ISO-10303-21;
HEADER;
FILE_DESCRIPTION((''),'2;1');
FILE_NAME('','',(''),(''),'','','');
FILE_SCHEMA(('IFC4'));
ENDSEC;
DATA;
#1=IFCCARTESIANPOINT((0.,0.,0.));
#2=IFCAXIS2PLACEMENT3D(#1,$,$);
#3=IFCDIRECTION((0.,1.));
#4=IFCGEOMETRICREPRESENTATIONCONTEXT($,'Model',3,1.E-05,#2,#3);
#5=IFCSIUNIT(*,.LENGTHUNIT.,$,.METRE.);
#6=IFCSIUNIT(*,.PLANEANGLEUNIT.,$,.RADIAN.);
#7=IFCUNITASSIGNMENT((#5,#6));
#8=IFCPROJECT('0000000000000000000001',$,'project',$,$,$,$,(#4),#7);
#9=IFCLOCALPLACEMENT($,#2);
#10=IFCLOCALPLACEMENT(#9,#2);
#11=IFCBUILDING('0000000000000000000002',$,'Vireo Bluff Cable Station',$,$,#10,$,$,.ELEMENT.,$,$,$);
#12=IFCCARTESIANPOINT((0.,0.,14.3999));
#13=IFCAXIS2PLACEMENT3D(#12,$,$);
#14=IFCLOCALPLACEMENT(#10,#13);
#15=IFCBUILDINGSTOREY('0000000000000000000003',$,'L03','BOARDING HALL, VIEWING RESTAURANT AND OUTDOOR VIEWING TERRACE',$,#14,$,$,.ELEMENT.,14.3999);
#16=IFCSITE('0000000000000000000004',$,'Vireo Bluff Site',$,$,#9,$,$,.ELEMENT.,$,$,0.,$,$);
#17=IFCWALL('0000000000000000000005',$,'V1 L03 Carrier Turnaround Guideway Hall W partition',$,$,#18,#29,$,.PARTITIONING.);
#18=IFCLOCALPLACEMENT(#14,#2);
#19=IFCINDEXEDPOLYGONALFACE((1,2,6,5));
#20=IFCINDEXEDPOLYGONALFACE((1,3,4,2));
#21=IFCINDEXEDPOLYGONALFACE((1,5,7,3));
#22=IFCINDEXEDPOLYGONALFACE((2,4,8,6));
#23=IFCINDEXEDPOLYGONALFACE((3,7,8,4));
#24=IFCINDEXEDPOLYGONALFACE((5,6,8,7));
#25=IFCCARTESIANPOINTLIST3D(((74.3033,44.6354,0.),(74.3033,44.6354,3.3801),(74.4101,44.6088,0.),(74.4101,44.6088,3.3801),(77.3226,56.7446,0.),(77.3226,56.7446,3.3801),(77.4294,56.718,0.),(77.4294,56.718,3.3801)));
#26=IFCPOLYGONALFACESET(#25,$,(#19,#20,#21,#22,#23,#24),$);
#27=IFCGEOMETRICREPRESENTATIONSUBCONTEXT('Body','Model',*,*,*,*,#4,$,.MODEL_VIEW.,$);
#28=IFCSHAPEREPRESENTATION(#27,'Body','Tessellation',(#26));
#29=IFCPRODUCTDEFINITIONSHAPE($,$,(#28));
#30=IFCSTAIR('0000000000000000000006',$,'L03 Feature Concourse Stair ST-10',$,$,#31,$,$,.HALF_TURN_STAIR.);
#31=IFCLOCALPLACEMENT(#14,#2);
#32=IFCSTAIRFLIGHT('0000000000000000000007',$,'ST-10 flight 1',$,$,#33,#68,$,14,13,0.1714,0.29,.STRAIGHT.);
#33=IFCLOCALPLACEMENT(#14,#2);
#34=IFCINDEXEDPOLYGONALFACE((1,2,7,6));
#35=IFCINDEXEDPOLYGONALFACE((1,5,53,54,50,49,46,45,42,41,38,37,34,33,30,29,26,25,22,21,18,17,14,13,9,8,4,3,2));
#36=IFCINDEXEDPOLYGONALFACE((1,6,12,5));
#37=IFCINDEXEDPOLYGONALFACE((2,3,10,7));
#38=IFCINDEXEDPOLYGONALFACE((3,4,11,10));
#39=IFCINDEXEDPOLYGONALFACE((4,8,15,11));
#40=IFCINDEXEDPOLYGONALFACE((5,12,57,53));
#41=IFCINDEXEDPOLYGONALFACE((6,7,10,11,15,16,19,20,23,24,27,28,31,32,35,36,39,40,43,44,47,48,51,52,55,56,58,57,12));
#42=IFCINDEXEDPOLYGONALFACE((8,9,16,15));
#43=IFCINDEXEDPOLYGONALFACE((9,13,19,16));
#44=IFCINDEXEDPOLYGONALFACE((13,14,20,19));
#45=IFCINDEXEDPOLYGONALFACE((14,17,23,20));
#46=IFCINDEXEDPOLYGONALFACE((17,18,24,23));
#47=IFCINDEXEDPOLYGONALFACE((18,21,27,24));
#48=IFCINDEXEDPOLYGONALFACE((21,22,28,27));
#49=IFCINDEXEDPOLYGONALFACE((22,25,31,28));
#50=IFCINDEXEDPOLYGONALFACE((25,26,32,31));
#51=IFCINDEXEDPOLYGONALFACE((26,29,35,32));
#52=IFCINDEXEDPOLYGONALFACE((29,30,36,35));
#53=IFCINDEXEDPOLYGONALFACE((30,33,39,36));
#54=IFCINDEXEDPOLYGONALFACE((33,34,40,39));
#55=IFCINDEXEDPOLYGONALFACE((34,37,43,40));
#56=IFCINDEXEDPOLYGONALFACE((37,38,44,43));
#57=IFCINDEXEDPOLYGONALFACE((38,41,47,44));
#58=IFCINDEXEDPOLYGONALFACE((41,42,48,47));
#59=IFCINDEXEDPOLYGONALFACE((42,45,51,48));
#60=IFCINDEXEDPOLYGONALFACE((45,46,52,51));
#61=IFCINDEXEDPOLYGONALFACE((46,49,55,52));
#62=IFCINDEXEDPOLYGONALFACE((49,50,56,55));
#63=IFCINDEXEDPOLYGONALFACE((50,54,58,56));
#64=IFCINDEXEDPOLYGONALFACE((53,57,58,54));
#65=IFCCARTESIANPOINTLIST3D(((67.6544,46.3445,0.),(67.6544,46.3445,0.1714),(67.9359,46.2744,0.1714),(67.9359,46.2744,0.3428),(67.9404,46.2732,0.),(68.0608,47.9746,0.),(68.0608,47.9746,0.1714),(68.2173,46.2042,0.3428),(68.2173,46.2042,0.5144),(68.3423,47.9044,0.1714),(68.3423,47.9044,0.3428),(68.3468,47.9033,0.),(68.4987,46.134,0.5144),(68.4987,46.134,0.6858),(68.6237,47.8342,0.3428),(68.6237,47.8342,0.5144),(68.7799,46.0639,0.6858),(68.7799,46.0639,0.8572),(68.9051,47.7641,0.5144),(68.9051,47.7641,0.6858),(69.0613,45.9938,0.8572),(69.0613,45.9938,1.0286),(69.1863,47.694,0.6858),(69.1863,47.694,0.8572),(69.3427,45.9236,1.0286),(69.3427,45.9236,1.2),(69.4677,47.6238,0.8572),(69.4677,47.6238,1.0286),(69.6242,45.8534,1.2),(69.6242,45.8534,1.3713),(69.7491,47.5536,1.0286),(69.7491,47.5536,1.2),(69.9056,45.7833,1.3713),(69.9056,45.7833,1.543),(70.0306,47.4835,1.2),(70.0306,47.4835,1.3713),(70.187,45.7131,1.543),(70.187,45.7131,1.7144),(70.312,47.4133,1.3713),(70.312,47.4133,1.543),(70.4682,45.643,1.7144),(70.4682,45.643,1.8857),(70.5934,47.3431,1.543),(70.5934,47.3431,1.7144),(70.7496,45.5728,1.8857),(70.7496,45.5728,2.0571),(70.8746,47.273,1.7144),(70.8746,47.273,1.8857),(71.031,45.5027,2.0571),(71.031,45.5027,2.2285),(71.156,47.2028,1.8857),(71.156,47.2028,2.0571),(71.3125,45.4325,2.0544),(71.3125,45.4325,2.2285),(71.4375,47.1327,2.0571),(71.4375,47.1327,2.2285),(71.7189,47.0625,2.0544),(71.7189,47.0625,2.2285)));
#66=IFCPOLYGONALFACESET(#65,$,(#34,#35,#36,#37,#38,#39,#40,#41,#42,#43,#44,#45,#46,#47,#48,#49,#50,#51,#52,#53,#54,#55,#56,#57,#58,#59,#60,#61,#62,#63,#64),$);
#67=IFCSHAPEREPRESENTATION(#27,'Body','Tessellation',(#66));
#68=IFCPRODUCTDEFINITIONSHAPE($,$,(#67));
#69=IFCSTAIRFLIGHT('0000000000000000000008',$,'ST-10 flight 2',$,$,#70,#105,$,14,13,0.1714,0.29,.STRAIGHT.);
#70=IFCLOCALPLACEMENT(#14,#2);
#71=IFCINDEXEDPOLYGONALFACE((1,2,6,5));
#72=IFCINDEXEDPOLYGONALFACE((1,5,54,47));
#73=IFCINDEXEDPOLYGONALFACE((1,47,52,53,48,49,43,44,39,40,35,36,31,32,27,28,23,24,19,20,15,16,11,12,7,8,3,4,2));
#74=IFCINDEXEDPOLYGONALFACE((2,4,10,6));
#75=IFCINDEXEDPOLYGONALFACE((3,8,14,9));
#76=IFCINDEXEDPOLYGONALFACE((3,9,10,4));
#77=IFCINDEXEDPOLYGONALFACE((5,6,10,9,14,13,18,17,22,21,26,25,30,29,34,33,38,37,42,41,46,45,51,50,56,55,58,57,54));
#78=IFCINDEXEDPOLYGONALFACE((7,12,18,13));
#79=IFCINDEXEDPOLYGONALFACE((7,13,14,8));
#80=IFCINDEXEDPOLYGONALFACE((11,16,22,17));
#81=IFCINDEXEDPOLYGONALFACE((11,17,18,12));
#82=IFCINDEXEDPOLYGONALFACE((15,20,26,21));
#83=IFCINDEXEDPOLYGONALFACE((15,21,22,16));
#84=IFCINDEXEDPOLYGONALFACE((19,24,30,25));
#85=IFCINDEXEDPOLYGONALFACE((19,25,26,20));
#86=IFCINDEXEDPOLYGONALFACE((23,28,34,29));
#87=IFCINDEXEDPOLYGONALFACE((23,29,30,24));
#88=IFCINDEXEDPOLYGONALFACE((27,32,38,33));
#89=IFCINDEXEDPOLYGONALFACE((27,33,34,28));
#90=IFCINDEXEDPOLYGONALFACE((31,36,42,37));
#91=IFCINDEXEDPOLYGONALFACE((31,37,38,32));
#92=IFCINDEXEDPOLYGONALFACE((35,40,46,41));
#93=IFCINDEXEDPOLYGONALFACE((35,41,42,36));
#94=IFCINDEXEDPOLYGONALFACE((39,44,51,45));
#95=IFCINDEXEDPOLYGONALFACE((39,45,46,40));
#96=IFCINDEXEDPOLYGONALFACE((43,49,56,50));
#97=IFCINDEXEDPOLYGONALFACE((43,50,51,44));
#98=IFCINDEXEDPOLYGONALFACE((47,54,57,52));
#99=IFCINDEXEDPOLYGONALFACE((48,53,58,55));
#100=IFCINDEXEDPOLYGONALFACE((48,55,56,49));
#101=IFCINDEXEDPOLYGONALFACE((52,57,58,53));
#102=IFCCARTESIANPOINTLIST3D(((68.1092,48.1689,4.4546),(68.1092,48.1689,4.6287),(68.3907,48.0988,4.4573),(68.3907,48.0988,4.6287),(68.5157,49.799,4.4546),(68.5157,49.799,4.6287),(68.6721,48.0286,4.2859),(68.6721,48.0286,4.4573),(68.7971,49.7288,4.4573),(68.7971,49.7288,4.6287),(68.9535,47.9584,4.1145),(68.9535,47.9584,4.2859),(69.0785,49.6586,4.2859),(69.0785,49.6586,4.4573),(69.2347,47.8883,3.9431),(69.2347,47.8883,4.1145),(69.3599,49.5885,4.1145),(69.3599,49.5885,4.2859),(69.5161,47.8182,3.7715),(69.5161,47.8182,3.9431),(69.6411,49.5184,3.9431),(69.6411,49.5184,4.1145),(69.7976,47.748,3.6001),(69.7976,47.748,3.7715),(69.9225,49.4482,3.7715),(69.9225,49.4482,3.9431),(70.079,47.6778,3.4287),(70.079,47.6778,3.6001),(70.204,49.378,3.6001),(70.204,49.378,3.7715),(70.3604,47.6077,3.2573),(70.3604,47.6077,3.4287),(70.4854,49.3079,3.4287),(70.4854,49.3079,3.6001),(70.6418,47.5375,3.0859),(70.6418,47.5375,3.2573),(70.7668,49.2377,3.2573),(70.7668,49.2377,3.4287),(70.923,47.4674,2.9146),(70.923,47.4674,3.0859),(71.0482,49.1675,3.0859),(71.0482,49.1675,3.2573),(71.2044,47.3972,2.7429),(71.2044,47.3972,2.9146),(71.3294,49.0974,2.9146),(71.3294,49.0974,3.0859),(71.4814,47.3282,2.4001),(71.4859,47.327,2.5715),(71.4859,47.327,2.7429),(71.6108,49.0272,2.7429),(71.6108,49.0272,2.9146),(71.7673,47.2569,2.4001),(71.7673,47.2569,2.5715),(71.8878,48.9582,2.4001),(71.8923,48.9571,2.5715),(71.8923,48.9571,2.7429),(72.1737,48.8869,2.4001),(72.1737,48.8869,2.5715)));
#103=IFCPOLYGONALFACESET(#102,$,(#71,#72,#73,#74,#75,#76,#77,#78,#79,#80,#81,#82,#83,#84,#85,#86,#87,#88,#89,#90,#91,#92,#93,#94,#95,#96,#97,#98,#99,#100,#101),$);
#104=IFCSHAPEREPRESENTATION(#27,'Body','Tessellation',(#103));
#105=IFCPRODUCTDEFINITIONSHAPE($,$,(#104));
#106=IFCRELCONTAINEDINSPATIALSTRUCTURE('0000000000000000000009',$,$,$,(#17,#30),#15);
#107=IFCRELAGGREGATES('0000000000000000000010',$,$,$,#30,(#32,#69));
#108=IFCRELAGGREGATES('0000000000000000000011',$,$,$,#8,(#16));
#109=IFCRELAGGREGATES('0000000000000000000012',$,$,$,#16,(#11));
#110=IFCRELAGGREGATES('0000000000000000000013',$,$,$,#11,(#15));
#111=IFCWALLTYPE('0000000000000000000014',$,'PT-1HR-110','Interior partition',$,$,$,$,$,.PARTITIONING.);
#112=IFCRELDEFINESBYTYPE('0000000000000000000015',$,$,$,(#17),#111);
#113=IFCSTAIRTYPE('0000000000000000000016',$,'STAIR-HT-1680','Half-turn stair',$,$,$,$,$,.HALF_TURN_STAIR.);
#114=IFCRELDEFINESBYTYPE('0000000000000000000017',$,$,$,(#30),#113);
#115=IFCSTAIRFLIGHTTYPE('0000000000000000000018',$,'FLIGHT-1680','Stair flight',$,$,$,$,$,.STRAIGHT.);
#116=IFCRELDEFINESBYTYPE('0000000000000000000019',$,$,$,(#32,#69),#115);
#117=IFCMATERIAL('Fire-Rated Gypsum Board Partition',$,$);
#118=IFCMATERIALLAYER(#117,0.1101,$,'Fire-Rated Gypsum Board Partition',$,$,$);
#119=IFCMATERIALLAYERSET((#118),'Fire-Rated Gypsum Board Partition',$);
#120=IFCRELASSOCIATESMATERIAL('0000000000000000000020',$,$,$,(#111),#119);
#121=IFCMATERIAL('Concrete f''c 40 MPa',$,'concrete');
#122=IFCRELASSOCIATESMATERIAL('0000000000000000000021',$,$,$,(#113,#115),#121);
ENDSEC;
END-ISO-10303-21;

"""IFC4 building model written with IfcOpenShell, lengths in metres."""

from ifc_helpers import new_model, si_unit, direction, frame, frame_2d, origin, place, context, subcontext, project, spatial, polyline, rectangle, outline, extrude, material, layer, layer_set, type_object, element, aggregate, save


model = new_model("IFC4")

# Units and contexts
model_context = context("Model", 3, precision=1e-05, world=origin(), true_north=direction((0.0, 1.0)))
body_context = subcontext(model_context, "Body", "Model", "MODEL_VIEW")
ifc_project = project(units=[si_unit("LENGTHUNIT", "METRE"), si_unit("PLANEANGLEUNIT", "RADIAN")], contexts=[model_context])

# Site, building, storey
site_placement = place(None, origin())
site = spatial("IfcSite", under=ifc_project, at=site_placement, Name="Vireo Bluff Site", CompositionType="ELEMENT", RefElevation=0.0)
building_placement = place(site_placement, origin())
building = spatial("IfcBuilding", under=site, at=building_placement, Name="Vireo Bluff Cable Station", CompositionType="ELEMENT")
storey_placement = place(building_placement, frame((0.0, 0.0, 14.3999)))
storey = spatial("IfcBuildingStorey", under=building, at=storey_placement, Name="L03", Description="BOARDING HALL, VIEWING RESTAURANT AND OUTDOOR VIEWING TERRACE", CompositionType="ELEMENT", Elevation=14.3999)

# Wall
ifc_material_1 = material(Name="Fire-Rated Gypsum Board Partition")
ifc_layer_1 = layer(ifc_material_1, 0.1101, Name="Fire-Rated Gypsum Board Partition")
ifc_layer_set_1 = layer_set([ifc_layer_1], Name="Fire-Rated Gypsum Board Partition")
wall_type_1 = type_object("IfcWallType", Name="PT-1HR-110", Description="Interior partition", PredefinedType="PARTITIONING", material=ifc_layer_set_1)
wall_1_placement = place(storey_placement, frame((74.3567, 44.6221, 0.0), z_axis=(0.0, 0.0, 1.0), x_axis=(0.241933, 0.970293, 0.0)))
element("IfcWall", 1, at=wall_1_placement, inside=storey, type_object=wall_type_1, Name="V1 L03 Carrier Turnaround Guideway Hall W partition", PredefinedType="PARTITIONING", context=body_context, shape_type="SweptSolid", body=[
    extrude(rectangle(XDim=12.48, YDim=0.1101, at=frame_2d((6.24, 0.0))), origin(), (0.0, 0.0, 1.0), 3.3801),
])

# Stair, stair flights
ifc_material_2 = material(Name="Concrete f'c 40 MPa", Category="concrete")
stair_type = type_object("IfcStairType", Name="STAIR-HT-1680", Description="Half-turn stair", PredefinedType="HALF_TURN_STAIR", material=ifc_material_2)
stair_placement = place(storey_placement, origin())
stair = element("IfcStair", 2, at=stair_placement, inside=storey, type_object=stair_type, Name="L03 Feature Concourse Stair ST-10", PredefinedType="HALF_TURN_STAIR")
stair_flight_type = type_object("IfcStairFlightType", Name="FLIGHT-1680", Description="Stair flight", PredefinedType="STRAIGHT", material=ifc_material_2)
stair_flight_1_placement = place(storey_placement, frame((67.8577, 47.1597, 0.0), z_axis=(0.0, 0.0, 1.0), x_axis=(0.970296, -0.241922, 0.0)))
stair_flight_1 = element("IfcStairFlight", 3, at=stair_flight_1_placement, type_object=stair_flight_type, Name="ST-10 flight 1", NumberOfRisers=14, NumberOfTreads=13, PredefinedType="STRAIGHT", RiserHeight=0.1714, TreadLength=0.29, context=body_context, shape_type="SweptSolid", body=[
    extrude(outline(polyline([(0.0, 0.0), (0.0, 0.1714), (0.29, 0.1714), (0.29, 0.3428), (0.5801, 0.3428), (0.5801, 0.5144), (0.8701, 0.5144), (0.8701, 0.6858), (1.1599, 0.6858), (1.1599, 0.8572), (1.45, 0.8572), (1.45, 1.0286), (1.74, 1.0286), (1.74, 1.2), (2.03, 1.2), (2.03, 1.3713), (2.3201, 1.3713), (2.3201, 1.543), (2.6101, 1.543), (2.6101, 1.7144), (2.8999, 1.7144), (2.8999, 1.8857), (3.1899, 1.8857), (3.1899, 2.0571), (3.48, 2.0571), (3.48, 2.2285), (3.77, 2.2285), (3.77, 2.3999), (3.77, 2.0544), (0.2947, 0.0), (0.0, 0.0)])), frame((0.0, 0.8398, 0.0), z_axis=(0.0, -1.0, 0.0), x_axis=(1.0, 0.0, 0.0)), (0.0, 0.0, 1.0), 1.6799),
])
stair_flight_2_placement = place(storey_placement, frame((71.9705, 48.0718, 2.4001), z_axis=(0.0, 0.0, 1.0), x_axis=(-0.970296, 0.241922, 0.0)))
stair_flight_2 = element("IfcStairFlight", 4, at=stair_flight_2_placement, type_object=stair_flight_type, Name="ST-10 flight 2", NumberOfRisers=14, NumberOfTreads=13, PredefinedType="STRAIGHT", RiserHeight=0.1714, TreadLength=0.29, context=body_context, shape_type="SweptSolid", body=[
    extrude(outline(polyline([(0.0, 0.0), (0.0, 0.1714), (0.29, 0.1714), (0.29, 0.3428), (0.5801, 0.3428), (0.5801, 0.5144), (0.8701, 0.5144), (0.8701, 0.6858), (1.1599, 0.6858), (1.1599, 0.8572), (1.45, 0.8572), (1.45, 1.0286), (1.74, 1.0286), (1.74, 1.2), (2.03, 1.2), (2.03, 1.3713), (2.3201, 1.3713), (2.3201, 1.543), (2.6101, 1.543), (2.6101, 1.7144), (2.8999, 1.7144), (2.8999, 1.8857), (3.1899, 1.8857), (3.1899, 2.0571), (3.48, 2.0571), (3.48, 2.2285), (3.77, 2.2285), (3.77, 2.3999), (3.77, 2.0544), (0.2947, 0.0), (0.0, 0.0)])), frame((0.0, 0.8398, 0.0), z_axis=(0.0, -1.0, 0.0), x_axis=(1.0, 0.0, 0.0)), (0.0, 0.0, 1.0), 1.6799),
])
aggregate(stair, [stair_flight_1, stair_flight_2])

save(model, "model.ifc")
